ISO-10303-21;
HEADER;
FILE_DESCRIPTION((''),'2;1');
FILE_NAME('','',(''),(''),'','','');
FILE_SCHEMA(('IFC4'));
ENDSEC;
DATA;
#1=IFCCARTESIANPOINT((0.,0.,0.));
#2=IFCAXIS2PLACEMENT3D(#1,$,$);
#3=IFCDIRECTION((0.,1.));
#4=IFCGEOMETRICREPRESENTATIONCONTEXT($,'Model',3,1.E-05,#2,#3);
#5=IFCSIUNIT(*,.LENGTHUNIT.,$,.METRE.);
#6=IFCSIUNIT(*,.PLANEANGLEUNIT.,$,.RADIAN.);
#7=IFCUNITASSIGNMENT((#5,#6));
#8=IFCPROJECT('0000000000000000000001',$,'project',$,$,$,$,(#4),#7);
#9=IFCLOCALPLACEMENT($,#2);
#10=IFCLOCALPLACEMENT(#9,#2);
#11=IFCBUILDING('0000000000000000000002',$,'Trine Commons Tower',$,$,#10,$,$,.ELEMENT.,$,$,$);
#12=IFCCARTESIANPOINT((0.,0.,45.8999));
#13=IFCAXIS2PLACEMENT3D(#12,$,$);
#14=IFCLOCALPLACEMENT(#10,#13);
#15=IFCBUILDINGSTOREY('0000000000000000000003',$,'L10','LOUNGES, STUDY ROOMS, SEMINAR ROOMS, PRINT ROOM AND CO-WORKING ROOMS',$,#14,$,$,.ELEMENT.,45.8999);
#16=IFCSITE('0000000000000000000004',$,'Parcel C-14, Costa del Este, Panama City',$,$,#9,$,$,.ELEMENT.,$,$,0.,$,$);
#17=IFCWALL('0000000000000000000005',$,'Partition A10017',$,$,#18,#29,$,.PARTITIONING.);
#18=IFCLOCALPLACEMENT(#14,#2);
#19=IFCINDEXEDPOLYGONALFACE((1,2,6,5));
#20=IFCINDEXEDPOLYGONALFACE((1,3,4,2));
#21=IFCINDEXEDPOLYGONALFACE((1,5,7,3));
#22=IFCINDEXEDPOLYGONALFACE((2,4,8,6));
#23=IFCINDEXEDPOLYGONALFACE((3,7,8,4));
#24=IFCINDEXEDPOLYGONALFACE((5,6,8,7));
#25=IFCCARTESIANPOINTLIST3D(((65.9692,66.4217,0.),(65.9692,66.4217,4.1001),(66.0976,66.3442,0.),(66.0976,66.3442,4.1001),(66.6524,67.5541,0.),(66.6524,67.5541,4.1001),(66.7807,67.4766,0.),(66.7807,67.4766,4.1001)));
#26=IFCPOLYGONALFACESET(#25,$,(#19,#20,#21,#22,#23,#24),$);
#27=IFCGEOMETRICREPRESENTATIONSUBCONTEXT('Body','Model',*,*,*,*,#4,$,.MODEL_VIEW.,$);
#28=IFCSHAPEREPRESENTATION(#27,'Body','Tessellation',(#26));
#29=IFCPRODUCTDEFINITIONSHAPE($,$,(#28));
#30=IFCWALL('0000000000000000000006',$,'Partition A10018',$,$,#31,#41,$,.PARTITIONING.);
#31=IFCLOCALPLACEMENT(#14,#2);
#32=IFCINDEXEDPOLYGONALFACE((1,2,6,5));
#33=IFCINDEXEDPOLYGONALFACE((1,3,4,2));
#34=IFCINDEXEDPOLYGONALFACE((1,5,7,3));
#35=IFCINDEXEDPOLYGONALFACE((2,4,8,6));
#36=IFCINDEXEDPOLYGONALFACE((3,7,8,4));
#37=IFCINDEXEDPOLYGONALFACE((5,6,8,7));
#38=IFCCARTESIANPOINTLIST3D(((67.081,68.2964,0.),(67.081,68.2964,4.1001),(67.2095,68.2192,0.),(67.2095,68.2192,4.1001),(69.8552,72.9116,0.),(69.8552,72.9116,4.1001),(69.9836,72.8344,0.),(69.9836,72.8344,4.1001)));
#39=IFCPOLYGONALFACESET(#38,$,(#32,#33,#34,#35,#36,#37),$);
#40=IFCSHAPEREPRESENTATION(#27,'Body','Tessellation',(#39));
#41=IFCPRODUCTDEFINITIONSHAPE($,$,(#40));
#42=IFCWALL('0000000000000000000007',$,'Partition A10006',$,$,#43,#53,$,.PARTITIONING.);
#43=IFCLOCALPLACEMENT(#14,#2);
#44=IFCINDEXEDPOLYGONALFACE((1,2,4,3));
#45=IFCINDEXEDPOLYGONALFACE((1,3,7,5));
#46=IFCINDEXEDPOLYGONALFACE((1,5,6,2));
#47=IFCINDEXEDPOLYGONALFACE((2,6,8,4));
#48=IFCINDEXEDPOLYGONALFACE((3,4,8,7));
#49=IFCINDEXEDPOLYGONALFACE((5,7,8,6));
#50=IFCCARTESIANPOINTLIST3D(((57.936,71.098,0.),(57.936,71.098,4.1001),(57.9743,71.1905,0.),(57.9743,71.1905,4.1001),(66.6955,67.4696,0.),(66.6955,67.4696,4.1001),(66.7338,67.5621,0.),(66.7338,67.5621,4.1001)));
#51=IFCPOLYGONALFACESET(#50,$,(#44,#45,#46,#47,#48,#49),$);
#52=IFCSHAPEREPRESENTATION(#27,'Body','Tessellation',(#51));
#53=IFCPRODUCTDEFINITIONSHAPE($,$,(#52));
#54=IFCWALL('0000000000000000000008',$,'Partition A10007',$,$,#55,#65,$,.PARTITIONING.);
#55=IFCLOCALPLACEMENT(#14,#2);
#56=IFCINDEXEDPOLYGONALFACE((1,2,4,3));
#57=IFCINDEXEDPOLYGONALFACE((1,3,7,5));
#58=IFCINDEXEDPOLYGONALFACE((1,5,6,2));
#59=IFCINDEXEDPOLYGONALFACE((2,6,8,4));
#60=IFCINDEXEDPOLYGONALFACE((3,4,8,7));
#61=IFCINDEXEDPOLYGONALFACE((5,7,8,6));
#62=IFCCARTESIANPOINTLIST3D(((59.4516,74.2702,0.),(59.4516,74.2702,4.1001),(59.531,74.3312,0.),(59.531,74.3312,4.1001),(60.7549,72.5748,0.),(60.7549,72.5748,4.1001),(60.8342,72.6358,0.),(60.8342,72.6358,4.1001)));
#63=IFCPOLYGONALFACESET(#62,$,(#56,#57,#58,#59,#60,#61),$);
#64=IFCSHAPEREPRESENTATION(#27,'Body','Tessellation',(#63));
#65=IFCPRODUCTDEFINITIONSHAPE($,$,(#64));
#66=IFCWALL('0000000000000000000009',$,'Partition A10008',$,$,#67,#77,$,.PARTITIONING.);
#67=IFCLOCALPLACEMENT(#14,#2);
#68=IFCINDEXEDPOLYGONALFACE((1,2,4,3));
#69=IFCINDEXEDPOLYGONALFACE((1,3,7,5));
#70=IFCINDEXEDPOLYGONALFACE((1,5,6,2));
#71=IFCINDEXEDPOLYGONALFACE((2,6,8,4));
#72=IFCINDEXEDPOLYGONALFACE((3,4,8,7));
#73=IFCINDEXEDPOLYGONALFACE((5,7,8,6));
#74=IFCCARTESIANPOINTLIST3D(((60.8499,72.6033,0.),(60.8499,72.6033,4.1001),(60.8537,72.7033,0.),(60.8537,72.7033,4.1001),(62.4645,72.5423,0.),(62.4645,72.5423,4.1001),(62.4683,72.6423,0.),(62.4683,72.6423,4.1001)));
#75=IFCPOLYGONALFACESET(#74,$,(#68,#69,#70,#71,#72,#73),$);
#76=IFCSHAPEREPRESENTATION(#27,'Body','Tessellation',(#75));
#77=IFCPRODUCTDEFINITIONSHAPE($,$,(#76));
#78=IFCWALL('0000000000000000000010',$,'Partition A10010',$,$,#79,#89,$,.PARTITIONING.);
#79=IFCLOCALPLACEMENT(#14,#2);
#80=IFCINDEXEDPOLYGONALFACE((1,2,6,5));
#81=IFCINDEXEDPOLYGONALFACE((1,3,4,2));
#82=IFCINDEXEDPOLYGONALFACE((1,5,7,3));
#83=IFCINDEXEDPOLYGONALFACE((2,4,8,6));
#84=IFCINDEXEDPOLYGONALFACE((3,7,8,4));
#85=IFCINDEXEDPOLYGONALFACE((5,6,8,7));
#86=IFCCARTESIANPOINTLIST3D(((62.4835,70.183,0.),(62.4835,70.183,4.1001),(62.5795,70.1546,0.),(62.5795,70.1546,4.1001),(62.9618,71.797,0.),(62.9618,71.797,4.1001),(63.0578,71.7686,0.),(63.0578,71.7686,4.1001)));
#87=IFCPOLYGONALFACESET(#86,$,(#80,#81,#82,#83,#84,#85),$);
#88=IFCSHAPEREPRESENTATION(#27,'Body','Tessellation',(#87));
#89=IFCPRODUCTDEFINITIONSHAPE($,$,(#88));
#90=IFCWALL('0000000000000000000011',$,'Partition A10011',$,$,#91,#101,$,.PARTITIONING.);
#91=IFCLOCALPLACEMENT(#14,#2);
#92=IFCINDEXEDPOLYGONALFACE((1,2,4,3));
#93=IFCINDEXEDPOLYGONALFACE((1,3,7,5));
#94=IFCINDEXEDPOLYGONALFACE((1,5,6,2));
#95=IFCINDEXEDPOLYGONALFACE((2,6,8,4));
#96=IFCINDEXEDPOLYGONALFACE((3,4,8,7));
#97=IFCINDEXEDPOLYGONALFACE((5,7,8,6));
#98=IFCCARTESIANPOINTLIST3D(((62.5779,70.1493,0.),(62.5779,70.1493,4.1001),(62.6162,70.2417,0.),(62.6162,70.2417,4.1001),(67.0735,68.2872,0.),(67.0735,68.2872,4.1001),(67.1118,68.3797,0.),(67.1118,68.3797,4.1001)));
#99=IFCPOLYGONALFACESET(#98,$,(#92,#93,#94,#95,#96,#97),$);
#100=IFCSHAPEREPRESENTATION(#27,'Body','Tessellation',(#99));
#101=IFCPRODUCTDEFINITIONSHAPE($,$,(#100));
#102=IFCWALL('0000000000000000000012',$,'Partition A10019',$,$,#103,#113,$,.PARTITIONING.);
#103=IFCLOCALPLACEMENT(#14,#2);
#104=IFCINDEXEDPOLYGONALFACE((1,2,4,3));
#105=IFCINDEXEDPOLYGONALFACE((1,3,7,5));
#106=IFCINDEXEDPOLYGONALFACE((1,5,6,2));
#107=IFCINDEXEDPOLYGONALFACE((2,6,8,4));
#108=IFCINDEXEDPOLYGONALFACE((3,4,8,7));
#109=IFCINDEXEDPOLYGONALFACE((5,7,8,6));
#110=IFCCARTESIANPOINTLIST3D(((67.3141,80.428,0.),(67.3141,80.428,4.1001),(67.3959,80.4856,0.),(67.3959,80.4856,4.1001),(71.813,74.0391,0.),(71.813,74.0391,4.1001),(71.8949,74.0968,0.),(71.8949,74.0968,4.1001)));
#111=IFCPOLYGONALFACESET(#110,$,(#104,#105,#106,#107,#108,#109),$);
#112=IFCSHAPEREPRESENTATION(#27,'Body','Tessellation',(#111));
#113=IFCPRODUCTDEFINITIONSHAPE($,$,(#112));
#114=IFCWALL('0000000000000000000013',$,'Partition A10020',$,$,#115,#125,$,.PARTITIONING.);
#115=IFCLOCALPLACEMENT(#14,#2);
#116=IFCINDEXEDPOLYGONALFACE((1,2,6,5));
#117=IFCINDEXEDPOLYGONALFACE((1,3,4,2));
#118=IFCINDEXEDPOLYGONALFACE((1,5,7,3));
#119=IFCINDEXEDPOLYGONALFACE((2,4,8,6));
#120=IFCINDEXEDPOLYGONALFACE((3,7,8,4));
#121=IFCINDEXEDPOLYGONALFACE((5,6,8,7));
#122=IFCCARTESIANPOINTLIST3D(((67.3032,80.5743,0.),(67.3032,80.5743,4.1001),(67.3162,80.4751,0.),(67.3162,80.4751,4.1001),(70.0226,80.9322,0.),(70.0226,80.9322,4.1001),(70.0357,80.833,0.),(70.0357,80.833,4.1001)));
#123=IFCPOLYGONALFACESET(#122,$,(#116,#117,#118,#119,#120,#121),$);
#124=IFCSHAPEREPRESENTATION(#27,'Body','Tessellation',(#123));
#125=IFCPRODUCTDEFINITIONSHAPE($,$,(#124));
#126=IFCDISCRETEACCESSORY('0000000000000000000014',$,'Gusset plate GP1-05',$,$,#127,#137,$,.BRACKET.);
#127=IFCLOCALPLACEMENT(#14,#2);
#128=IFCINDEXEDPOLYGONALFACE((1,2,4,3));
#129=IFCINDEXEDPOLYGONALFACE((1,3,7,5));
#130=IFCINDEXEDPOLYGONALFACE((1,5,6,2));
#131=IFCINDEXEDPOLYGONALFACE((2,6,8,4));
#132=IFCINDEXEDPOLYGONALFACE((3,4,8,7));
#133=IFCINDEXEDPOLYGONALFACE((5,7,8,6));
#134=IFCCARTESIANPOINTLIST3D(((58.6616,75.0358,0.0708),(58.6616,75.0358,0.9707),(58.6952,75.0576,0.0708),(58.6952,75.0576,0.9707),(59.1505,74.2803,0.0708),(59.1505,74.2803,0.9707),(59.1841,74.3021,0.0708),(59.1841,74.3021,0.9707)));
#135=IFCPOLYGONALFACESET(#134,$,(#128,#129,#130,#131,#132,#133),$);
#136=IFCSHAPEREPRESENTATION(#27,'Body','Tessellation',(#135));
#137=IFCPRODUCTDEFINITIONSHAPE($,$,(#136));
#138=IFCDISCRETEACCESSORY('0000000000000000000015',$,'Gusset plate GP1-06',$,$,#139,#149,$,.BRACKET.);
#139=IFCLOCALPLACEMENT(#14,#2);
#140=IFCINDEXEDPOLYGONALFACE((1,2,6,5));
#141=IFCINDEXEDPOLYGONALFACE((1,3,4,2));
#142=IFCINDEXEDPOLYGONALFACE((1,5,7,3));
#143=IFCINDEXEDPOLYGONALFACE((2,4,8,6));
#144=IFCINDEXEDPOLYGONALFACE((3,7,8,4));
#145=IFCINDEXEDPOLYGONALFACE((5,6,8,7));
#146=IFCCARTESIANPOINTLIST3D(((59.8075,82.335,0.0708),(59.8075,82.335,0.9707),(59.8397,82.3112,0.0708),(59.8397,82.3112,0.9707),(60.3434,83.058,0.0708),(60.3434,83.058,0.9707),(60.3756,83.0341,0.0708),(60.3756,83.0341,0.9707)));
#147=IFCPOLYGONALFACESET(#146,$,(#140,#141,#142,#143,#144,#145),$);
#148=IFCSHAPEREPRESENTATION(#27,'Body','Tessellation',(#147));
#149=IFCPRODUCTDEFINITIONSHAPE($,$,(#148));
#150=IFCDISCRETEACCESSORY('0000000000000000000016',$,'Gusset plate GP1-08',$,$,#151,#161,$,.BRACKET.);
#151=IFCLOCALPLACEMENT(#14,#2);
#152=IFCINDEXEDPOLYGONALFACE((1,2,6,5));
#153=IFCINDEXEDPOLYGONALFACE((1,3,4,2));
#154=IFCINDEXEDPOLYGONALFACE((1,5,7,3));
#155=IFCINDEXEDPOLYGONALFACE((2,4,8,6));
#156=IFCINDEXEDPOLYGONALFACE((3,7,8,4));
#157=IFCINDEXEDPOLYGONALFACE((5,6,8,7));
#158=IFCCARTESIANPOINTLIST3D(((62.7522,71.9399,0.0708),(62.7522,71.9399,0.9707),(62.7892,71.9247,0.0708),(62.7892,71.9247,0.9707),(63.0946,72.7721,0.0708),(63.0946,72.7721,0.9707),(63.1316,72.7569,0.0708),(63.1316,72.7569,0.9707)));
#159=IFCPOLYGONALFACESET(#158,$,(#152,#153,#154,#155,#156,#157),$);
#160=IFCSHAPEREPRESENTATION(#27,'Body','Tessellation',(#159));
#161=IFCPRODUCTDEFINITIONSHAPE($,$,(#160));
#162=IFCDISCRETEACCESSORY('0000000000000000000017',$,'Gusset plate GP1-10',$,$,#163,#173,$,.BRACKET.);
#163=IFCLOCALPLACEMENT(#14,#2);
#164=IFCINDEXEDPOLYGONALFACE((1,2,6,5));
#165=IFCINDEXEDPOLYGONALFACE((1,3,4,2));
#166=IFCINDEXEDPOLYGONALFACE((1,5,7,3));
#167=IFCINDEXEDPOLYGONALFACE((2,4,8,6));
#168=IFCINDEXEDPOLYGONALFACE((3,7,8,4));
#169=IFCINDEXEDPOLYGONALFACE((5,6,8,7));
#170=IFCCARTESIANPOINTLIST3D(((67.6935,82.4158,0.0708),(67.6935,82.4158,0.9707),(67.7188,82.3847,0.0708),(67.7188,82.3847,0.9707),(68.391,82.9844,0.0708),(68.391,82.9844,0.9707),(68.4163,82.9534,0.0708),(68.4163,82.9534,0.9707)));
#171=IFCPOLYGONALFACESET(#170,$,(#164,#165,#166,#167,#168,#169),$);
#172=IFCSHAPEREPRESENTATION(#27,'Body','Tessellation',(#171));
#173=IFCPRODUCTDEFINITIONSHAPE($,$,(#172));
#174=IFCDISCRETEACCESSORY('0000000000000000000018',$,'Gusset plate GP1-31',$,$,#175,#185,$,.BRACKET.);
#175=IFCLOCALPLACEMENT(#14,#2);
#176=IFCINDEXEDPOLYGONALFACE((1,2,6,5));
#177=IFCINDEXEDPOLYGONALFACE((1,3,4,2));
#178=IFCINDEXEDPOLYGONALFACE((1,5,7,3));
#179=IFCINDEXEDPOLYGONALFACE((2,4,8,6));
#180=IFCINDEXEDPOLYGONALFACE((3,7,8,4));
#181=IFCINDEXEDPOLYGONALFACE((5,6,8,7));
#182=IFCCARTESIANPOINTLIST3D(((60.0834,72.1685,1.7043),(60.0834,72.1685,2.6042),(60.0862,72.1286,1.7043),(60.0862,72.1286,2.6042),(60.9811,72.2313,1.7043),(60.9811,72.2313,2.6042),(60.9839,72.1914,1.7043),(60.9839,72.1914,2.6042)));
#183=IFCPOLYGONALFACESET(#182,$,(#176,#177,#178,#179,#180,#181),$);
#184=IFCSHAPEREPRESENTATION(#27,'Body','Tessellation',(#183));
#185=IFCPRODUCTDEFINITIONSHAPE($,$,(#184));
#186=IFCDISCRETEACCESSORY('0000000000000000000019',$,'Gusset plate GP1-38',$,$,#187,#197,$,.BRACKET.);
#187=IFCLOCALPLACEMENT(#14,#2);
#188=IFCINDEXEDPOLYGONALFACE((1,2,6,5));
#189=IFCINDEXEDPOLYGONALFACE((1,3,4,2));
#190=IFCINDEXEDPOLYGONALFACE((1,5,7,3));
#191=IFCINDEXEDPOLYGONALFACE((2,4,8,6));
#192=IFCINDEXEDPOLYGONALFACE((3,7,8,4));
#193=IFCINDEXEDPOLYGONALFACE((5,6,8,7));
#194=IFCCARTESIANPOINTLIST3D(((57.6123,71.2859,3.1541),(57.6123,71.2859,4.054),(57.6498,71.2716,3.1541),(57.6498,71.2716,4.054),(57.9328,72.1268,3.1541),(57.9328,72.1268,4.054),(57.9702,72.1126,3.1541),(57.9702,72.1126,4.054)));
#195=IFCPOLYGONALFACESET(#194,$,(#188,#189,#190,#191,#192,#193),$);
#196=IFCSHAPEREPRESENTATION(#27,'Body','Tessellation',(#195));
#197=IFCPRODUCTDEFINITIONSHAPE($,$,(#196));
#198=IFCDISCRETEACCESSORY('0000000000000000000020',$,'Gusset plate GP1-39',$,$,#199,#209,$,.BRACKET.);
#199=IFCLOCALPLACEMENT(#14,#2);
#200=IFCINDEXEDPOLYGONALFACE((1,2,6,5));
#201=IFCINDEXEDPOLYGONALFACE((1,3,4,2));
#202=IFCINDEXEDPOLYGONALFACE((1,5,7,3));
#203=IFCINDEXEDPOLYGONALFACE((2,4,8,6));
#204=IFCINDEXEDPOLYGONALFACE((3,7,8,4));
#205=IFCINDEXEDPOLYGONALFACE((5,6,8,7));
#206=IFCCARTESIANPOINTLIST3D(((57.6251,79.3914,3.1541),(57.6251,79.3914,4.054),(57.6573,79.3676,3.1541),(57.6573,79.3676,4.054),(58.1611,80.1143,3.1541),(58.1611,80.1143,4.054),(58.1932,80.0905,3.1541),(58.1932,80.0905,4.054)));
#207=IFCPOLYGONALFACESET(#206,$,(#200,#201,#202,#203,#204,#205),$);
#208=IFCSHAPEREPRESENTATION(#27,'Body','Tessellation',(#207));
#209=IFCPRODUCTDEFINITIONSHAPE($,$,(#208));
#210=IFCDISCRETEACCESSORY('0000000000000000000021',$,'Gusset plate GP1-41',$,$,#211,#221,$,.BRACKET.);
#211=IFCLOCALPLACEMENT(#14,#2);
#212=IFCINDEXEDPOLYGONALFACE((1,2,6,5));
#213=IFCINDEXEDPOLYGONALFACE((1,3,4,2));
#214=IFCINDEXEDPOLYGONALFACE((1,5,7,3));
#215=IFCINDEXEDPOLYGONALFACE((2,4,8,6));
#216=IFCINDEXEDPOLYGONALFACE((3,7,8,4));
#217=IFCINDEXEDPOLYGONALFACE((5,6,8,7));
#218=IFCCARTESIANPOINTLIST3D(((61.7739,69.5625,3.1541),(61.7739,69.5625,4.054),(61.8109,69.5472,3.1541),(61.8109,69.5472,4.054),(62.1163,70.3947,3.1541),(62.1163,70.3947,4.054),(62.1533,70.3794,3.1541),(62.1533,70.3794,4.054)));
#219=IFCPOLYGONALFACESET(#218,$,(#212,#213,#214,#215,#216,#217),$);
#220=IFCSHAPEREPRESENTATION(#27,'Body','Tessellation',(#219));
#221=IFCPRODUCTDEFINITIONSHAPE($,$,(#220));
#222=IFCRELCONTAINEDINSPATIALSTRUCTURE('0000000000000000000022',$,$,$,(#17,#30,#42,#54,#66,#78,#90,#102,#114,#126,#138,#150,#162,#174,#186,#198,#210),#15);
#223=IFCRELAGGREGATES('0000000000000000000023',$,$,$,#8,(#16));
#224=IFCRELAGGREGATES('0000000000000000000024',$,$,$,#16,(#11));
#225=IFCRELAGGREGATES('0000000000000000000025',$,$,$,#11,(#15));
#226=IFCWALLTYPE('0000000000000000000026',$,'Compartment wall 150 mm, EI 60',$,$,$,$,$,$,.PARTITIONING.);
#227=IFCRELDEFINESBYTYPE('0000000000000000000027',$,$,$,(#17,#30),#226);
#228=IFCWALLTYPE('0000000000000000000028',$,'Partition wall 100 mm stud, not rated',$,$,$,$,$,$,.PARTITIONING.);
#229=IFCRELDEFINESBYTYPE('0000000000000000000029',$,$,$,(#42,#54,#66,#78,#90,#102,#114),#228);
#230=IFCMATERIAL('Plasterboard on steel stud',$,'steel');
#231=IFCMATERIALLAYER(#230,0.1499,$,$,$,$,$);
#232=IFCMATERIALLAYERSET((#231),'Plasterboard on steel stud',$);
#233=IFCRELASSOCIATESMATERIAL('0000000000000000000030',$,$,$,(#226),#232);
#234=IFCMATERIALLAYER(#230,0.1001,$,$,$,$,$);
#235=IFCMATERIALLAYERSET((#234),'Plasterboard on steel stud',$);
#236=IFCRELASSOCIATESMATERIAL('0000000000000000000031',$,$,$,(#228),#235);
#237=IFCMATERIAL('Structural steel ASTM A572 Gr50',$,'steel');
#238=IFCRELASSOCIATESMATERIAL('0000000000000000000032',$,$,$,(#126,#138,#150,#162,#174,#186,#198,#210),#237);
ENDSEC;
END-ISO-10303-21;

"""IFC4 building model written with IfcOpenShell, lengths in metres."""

from ifc_helpers import new_model, si_unit, direction, frame, frame_2d, origin, origin_2d, place, context, subcontext, project, spatial, rectangle, extrude, material, layer, layer_set, type_object, element, save


model = new_model("IFC4")

# Units and contexts
model_context = context("Model", 3, precision=1e-05, world=origin(), true_north=direction((0.0, 1.0)))
body_context = subcontext(model_context, "Body", "Model", "MODEL_VIEW")
ifc_project = project(units=[si_unit("LENGTHUNIT", "METRE"), si_unit("PLANEANGLEUNIT", "RADIAN")], contexts=[model_context])

# Site, building, storey
site_placement = place(None, origin())
site = spatial("IfcSite", under=ifc_project, at=site_placement, Name="Parcel C-14, Costa del Este, Panama City", CompositionType="ELEMENT", RefElevation=0.0)
building_placement = place(site_placement, origin())
building = spatial("IfcBuilding", under=site, at=building_placement, Name="Trine Commons Tower", CompositionType="ELEMENT")
storey_placement = place(building_placement, frame((0.0, 0.0, 45.8999)))
storey = spatial("IfcBuildingStorey", under=building, at=storey_placement, Name="L10", Description="LOUNGES, STUDY ROOMS, SEMINAR ROOMS, PRINT ROOM AND CO-WORKING ROOMS", CompositionType="ELEMENT", Elevation=45.8999)

# Walls
ifc_material_1 = material(Name="Plasterboard on steel stud", Category="steel")
ifc_layer_1 = layer(ifc_material_1, 0.1499)
ifc_layer_set_1 = layer_set([ifc_layer_1], Name="Plasterboard on steel stud")
wall_type_1 = type_object("IfcWallType", Name="Compartment wall 150 mm, EI 60", PredefinedType="PARTITIONING", material=ifc_layer_set_1)
wall_1_placement = place(storey_placement, frame((66.0334, 66.3831, 0.0), z_axis=(0.0, 0.0, 1.0), x_axis=(0.516558, 0.856252, 0.0)))
element("IfcWall", 1, at=wall_1_placement, inside=storey, type_object=wall_type_1, Name="Partition A10017", PredefinedType="PARTITIONING", context=body_context, shape_type="SweptSolid", body=[
    extrude(rectangle(XDim=1.3225, YDim=0.1499, at=frame_2d((0.6611, 0.0))), origin(), (0.0, 0.0, 1.0), 4.1001),
])
wall_2_placement = place(storey_placement, frame((67.1453, 68.2578, 0.0), z_axis=(0.0, 0.0, 1.0), x_axis=(0.515182, 0.857081, 0.0)))
element("IfcWall", 2, at=wall_2_placement, inside=storey, type_object=wall_type_1, Name="Partition A10018", PredefinedType="PARTITIONING", context=body_context, shape_type="SweptSolid", body=[
    extrude(rectangle(XDim=5.3848, YDim=0.1499, at=frame_2d((2.6924, 0.0))), origin(), (0.0, 0.0, 1.0), 4.1001),
])
ifc_layer_2 = layer(ifc_material_1, 0.1001)
ifc_layer_set_2 = layer_set([ifc_layer_2], Name="Plasterboard on steel stud")
wall_type_2 = type_object("IfcWallType", Name="Partition wall 100 mm stud, not rated", PredefinedType="PARTITIONING", material=ifc_layer_set_2)
wall_3_placement = place(storey_placement, frame((57.9551, 71.1443, 0.0), z_axis=(0.0, 0.0, 1.0), x_axis=(0.923876, -0.382693, 0.0)))
element("IfcWall", 3, at=wall_3_placement, inside=storey, type_object=wall_type_2, Name="Partition A10006", PredefinedType="PARTITIONING", context=body_context, shape_type="SweptSolid", body=[
    extrude(rectangle(XDim=9.4812, YDim=0.1001, at=frame_2d((4.7407, 0.0))), origin(), (0.0, 0.0, 1.0), 4.1001),
])
wall_4_placement = place(storey_placement, frame((59.4912, 74.3008, 0.0), z_axis=(0.0, 0.0, 1.0), x_axis=(0.609457, -0.792819, 0.0)))
element("IfcWall", 4, at=wall_4_placement, inside=storey, type_object=wall_type_2, Name="Partition A10007", PredefinedType="PARTITIONING", context=body_context, shape_type="SweptSolid", body=[
    extrude(rectangle(XDim=2.1384, YDim=0.1001, at=frame_2d((1.0693, 0.0))), origin(), (0.0, 0.0, 1.0), 4.1001),
])
wall_5_placement = place(storey_placement, frame((60.8518, 72.6533, 0.0), z_axis=(0.0, 0.0, 1.0), x_axis=(0.999286, -0.037777, 0.0)))
element("IfcWall", 5, at=wall_5_placement, inside=storey, type_object=wall_type_2, Name="Partition A10008", PredefinedType="PARTITIONING", context=body_context, shape_type="SweptSolid", body=[
    extrude(rectangle(XDim=1.6157, YDim=0.1001, at=frame_2d((0.8079, 0.0))), origin(), (0.0, 0.0, 1.0), 4.1001),
])
wall_6_placement = place(storey_placement, frame((62.5315, 70.1687, 0.0), z_axis=(0.0, 0.0, 1.0), x_axis=(0.284113, 0.958791, 0.0)))
element("IfcWall", 6, at=wall_6_placement, inside=storey, type_object=wall_type_2, Name="Partition A10010", PredefinedType="PARTITIONING", context=body_context, shape_type="SweptSolid", body=[
    extrude(rectangle(XDim=1.6833, YDim=0.1001, at=frame_2d((0.8418, 0.0))), origin(), (0.0, 0.0, 1.0), 4.1001),
])
wall_7_placement = place(storey_placement, frame((62.5969, 70.1956, 0.0), z_axis=(0.0, 0.0, 1.0), x_axis=(0.923885, -0.382669, 0.0)))
element("IfcWall", 7, at=wall_7_placement, inside=storey, type_object=wall_type_2, Name="Partition A10011", PredefinedType="PARTITIONING", context=body_context, shape_type="SweptSolid", body=[
    extrude(rectangle(XDim=4.866, YDim=0.1001, at=frame_2d((2.4331, 0.0))), origin(), (0.0, 0.0, 1.0), 4.1001),
])
wall_8_placement = place(storey_placement, frame((67.355, 80.4568, 0.0), z_axis=(0.0, 0.0, 1.0), x_axis=(0.57576, -0.817618, 0.0)))
element("IfcWall", 8, at=wall_8_placement, inside=storey, type_object=wall_type_2, Name="Partition A10019", PredefinedType="PARTITIONING", context=body_context, shape_type="SweptSolid", body=[
    extrude(rectangle(XDim=7.814, YDim=0.1001, at=frame_2d((3.907, 0.0))), origin(), (0.0, 0.0, 1.0), 4.1001),
])
wall_9_placement = place(storey_placement, frame((67.3096, 80.5247, 0.0), z_axis=(0.0, 0.0, 1.0), x_axis=(0.99145, 0.130484, 0.0)))
element("IfcWall", 9, at=wall_9_placement, inside=storey, type_object=wall_type_2, Name="Partition A10020", PredefinedType="PARTITIONING", context=body_context, shape_type="SweptSolid", body=[
    extrude(rectangle(XDim=2.7429, YDim=0.1001, at=frame_2d((1.3716, 0.0))), origin(), (0.0, 0.0, 1.0), 4.1001),
])

# Discrete accessories
ifc_material_2 = material(Name="Structural steel ASTM A572 Gr50", Category="steel")
for number, where, z_axis, x_axis, name in (
    (10, (58.9229, 74.6689, 0.0708), (0.0, 0.0, 1.0), (0.543365, -0.839497, 0.0), "Gusset plate GP1-05"),
    (11, (60.0916, 82.6846, 0.0708), (0.0, 0.0, 1.0), (-0.595538, -0.803327, 0.0), "Gusset plate GP1-06"),
    (12, (62.9419, 72.3484, 0.0708), (0.0, 0.0, 1.0), (-0.380473, -0.924792, 0.0), "Gusset plate GP1-08"),
    (13, (68.0549, 82.6846, 0.0708), (0.0, 0.0, 1.0), (-0.775077, -0.631867, 0.0), "Gusset plate GP1-10"),
    (14, (60.5337, 72.1799, 1.7043), (0.0, 0.0, 1.0), (-0.99756, -0.069809, 0.0), "Gusset plate GP1-31"),
    (15, (57.7913, 71.6992, 3.1541), (0.0, 0.0, 1.0), (-0.356053, -0.934466, 0.0), "Gusset plate GP1-38"),
    (16, (57.9092, 79.741, 3.1541), (0.0, 0.0, 1.0), (-0.595538, -0.803327, 0.0), "Gusset plate GP1-39"),
    (17, (61.9636, 69.9709, 3.1541), (0.0, 0.0, 1.0), (-0.380473, -0.924792, 0.0), "Gusset plate GP1-41"),
):
    element("IfcDiscreteAccessory", number, at=place(storey_placement, frame(where, z_axis=z_axis, x_axis=x_axis)), inside=storey, material=ifc_material_2, Name=name, PredefinedType="BRACKET", context=body_context, shape_type="SweptSolid", body=[
        extrude(rectangle(XDim=0.8999, YDim=0.04, at=origin_2d()), origin(), (0.0, 0.0, 1.0), 0.8999),
    ])

save(model, "model.ifc")
